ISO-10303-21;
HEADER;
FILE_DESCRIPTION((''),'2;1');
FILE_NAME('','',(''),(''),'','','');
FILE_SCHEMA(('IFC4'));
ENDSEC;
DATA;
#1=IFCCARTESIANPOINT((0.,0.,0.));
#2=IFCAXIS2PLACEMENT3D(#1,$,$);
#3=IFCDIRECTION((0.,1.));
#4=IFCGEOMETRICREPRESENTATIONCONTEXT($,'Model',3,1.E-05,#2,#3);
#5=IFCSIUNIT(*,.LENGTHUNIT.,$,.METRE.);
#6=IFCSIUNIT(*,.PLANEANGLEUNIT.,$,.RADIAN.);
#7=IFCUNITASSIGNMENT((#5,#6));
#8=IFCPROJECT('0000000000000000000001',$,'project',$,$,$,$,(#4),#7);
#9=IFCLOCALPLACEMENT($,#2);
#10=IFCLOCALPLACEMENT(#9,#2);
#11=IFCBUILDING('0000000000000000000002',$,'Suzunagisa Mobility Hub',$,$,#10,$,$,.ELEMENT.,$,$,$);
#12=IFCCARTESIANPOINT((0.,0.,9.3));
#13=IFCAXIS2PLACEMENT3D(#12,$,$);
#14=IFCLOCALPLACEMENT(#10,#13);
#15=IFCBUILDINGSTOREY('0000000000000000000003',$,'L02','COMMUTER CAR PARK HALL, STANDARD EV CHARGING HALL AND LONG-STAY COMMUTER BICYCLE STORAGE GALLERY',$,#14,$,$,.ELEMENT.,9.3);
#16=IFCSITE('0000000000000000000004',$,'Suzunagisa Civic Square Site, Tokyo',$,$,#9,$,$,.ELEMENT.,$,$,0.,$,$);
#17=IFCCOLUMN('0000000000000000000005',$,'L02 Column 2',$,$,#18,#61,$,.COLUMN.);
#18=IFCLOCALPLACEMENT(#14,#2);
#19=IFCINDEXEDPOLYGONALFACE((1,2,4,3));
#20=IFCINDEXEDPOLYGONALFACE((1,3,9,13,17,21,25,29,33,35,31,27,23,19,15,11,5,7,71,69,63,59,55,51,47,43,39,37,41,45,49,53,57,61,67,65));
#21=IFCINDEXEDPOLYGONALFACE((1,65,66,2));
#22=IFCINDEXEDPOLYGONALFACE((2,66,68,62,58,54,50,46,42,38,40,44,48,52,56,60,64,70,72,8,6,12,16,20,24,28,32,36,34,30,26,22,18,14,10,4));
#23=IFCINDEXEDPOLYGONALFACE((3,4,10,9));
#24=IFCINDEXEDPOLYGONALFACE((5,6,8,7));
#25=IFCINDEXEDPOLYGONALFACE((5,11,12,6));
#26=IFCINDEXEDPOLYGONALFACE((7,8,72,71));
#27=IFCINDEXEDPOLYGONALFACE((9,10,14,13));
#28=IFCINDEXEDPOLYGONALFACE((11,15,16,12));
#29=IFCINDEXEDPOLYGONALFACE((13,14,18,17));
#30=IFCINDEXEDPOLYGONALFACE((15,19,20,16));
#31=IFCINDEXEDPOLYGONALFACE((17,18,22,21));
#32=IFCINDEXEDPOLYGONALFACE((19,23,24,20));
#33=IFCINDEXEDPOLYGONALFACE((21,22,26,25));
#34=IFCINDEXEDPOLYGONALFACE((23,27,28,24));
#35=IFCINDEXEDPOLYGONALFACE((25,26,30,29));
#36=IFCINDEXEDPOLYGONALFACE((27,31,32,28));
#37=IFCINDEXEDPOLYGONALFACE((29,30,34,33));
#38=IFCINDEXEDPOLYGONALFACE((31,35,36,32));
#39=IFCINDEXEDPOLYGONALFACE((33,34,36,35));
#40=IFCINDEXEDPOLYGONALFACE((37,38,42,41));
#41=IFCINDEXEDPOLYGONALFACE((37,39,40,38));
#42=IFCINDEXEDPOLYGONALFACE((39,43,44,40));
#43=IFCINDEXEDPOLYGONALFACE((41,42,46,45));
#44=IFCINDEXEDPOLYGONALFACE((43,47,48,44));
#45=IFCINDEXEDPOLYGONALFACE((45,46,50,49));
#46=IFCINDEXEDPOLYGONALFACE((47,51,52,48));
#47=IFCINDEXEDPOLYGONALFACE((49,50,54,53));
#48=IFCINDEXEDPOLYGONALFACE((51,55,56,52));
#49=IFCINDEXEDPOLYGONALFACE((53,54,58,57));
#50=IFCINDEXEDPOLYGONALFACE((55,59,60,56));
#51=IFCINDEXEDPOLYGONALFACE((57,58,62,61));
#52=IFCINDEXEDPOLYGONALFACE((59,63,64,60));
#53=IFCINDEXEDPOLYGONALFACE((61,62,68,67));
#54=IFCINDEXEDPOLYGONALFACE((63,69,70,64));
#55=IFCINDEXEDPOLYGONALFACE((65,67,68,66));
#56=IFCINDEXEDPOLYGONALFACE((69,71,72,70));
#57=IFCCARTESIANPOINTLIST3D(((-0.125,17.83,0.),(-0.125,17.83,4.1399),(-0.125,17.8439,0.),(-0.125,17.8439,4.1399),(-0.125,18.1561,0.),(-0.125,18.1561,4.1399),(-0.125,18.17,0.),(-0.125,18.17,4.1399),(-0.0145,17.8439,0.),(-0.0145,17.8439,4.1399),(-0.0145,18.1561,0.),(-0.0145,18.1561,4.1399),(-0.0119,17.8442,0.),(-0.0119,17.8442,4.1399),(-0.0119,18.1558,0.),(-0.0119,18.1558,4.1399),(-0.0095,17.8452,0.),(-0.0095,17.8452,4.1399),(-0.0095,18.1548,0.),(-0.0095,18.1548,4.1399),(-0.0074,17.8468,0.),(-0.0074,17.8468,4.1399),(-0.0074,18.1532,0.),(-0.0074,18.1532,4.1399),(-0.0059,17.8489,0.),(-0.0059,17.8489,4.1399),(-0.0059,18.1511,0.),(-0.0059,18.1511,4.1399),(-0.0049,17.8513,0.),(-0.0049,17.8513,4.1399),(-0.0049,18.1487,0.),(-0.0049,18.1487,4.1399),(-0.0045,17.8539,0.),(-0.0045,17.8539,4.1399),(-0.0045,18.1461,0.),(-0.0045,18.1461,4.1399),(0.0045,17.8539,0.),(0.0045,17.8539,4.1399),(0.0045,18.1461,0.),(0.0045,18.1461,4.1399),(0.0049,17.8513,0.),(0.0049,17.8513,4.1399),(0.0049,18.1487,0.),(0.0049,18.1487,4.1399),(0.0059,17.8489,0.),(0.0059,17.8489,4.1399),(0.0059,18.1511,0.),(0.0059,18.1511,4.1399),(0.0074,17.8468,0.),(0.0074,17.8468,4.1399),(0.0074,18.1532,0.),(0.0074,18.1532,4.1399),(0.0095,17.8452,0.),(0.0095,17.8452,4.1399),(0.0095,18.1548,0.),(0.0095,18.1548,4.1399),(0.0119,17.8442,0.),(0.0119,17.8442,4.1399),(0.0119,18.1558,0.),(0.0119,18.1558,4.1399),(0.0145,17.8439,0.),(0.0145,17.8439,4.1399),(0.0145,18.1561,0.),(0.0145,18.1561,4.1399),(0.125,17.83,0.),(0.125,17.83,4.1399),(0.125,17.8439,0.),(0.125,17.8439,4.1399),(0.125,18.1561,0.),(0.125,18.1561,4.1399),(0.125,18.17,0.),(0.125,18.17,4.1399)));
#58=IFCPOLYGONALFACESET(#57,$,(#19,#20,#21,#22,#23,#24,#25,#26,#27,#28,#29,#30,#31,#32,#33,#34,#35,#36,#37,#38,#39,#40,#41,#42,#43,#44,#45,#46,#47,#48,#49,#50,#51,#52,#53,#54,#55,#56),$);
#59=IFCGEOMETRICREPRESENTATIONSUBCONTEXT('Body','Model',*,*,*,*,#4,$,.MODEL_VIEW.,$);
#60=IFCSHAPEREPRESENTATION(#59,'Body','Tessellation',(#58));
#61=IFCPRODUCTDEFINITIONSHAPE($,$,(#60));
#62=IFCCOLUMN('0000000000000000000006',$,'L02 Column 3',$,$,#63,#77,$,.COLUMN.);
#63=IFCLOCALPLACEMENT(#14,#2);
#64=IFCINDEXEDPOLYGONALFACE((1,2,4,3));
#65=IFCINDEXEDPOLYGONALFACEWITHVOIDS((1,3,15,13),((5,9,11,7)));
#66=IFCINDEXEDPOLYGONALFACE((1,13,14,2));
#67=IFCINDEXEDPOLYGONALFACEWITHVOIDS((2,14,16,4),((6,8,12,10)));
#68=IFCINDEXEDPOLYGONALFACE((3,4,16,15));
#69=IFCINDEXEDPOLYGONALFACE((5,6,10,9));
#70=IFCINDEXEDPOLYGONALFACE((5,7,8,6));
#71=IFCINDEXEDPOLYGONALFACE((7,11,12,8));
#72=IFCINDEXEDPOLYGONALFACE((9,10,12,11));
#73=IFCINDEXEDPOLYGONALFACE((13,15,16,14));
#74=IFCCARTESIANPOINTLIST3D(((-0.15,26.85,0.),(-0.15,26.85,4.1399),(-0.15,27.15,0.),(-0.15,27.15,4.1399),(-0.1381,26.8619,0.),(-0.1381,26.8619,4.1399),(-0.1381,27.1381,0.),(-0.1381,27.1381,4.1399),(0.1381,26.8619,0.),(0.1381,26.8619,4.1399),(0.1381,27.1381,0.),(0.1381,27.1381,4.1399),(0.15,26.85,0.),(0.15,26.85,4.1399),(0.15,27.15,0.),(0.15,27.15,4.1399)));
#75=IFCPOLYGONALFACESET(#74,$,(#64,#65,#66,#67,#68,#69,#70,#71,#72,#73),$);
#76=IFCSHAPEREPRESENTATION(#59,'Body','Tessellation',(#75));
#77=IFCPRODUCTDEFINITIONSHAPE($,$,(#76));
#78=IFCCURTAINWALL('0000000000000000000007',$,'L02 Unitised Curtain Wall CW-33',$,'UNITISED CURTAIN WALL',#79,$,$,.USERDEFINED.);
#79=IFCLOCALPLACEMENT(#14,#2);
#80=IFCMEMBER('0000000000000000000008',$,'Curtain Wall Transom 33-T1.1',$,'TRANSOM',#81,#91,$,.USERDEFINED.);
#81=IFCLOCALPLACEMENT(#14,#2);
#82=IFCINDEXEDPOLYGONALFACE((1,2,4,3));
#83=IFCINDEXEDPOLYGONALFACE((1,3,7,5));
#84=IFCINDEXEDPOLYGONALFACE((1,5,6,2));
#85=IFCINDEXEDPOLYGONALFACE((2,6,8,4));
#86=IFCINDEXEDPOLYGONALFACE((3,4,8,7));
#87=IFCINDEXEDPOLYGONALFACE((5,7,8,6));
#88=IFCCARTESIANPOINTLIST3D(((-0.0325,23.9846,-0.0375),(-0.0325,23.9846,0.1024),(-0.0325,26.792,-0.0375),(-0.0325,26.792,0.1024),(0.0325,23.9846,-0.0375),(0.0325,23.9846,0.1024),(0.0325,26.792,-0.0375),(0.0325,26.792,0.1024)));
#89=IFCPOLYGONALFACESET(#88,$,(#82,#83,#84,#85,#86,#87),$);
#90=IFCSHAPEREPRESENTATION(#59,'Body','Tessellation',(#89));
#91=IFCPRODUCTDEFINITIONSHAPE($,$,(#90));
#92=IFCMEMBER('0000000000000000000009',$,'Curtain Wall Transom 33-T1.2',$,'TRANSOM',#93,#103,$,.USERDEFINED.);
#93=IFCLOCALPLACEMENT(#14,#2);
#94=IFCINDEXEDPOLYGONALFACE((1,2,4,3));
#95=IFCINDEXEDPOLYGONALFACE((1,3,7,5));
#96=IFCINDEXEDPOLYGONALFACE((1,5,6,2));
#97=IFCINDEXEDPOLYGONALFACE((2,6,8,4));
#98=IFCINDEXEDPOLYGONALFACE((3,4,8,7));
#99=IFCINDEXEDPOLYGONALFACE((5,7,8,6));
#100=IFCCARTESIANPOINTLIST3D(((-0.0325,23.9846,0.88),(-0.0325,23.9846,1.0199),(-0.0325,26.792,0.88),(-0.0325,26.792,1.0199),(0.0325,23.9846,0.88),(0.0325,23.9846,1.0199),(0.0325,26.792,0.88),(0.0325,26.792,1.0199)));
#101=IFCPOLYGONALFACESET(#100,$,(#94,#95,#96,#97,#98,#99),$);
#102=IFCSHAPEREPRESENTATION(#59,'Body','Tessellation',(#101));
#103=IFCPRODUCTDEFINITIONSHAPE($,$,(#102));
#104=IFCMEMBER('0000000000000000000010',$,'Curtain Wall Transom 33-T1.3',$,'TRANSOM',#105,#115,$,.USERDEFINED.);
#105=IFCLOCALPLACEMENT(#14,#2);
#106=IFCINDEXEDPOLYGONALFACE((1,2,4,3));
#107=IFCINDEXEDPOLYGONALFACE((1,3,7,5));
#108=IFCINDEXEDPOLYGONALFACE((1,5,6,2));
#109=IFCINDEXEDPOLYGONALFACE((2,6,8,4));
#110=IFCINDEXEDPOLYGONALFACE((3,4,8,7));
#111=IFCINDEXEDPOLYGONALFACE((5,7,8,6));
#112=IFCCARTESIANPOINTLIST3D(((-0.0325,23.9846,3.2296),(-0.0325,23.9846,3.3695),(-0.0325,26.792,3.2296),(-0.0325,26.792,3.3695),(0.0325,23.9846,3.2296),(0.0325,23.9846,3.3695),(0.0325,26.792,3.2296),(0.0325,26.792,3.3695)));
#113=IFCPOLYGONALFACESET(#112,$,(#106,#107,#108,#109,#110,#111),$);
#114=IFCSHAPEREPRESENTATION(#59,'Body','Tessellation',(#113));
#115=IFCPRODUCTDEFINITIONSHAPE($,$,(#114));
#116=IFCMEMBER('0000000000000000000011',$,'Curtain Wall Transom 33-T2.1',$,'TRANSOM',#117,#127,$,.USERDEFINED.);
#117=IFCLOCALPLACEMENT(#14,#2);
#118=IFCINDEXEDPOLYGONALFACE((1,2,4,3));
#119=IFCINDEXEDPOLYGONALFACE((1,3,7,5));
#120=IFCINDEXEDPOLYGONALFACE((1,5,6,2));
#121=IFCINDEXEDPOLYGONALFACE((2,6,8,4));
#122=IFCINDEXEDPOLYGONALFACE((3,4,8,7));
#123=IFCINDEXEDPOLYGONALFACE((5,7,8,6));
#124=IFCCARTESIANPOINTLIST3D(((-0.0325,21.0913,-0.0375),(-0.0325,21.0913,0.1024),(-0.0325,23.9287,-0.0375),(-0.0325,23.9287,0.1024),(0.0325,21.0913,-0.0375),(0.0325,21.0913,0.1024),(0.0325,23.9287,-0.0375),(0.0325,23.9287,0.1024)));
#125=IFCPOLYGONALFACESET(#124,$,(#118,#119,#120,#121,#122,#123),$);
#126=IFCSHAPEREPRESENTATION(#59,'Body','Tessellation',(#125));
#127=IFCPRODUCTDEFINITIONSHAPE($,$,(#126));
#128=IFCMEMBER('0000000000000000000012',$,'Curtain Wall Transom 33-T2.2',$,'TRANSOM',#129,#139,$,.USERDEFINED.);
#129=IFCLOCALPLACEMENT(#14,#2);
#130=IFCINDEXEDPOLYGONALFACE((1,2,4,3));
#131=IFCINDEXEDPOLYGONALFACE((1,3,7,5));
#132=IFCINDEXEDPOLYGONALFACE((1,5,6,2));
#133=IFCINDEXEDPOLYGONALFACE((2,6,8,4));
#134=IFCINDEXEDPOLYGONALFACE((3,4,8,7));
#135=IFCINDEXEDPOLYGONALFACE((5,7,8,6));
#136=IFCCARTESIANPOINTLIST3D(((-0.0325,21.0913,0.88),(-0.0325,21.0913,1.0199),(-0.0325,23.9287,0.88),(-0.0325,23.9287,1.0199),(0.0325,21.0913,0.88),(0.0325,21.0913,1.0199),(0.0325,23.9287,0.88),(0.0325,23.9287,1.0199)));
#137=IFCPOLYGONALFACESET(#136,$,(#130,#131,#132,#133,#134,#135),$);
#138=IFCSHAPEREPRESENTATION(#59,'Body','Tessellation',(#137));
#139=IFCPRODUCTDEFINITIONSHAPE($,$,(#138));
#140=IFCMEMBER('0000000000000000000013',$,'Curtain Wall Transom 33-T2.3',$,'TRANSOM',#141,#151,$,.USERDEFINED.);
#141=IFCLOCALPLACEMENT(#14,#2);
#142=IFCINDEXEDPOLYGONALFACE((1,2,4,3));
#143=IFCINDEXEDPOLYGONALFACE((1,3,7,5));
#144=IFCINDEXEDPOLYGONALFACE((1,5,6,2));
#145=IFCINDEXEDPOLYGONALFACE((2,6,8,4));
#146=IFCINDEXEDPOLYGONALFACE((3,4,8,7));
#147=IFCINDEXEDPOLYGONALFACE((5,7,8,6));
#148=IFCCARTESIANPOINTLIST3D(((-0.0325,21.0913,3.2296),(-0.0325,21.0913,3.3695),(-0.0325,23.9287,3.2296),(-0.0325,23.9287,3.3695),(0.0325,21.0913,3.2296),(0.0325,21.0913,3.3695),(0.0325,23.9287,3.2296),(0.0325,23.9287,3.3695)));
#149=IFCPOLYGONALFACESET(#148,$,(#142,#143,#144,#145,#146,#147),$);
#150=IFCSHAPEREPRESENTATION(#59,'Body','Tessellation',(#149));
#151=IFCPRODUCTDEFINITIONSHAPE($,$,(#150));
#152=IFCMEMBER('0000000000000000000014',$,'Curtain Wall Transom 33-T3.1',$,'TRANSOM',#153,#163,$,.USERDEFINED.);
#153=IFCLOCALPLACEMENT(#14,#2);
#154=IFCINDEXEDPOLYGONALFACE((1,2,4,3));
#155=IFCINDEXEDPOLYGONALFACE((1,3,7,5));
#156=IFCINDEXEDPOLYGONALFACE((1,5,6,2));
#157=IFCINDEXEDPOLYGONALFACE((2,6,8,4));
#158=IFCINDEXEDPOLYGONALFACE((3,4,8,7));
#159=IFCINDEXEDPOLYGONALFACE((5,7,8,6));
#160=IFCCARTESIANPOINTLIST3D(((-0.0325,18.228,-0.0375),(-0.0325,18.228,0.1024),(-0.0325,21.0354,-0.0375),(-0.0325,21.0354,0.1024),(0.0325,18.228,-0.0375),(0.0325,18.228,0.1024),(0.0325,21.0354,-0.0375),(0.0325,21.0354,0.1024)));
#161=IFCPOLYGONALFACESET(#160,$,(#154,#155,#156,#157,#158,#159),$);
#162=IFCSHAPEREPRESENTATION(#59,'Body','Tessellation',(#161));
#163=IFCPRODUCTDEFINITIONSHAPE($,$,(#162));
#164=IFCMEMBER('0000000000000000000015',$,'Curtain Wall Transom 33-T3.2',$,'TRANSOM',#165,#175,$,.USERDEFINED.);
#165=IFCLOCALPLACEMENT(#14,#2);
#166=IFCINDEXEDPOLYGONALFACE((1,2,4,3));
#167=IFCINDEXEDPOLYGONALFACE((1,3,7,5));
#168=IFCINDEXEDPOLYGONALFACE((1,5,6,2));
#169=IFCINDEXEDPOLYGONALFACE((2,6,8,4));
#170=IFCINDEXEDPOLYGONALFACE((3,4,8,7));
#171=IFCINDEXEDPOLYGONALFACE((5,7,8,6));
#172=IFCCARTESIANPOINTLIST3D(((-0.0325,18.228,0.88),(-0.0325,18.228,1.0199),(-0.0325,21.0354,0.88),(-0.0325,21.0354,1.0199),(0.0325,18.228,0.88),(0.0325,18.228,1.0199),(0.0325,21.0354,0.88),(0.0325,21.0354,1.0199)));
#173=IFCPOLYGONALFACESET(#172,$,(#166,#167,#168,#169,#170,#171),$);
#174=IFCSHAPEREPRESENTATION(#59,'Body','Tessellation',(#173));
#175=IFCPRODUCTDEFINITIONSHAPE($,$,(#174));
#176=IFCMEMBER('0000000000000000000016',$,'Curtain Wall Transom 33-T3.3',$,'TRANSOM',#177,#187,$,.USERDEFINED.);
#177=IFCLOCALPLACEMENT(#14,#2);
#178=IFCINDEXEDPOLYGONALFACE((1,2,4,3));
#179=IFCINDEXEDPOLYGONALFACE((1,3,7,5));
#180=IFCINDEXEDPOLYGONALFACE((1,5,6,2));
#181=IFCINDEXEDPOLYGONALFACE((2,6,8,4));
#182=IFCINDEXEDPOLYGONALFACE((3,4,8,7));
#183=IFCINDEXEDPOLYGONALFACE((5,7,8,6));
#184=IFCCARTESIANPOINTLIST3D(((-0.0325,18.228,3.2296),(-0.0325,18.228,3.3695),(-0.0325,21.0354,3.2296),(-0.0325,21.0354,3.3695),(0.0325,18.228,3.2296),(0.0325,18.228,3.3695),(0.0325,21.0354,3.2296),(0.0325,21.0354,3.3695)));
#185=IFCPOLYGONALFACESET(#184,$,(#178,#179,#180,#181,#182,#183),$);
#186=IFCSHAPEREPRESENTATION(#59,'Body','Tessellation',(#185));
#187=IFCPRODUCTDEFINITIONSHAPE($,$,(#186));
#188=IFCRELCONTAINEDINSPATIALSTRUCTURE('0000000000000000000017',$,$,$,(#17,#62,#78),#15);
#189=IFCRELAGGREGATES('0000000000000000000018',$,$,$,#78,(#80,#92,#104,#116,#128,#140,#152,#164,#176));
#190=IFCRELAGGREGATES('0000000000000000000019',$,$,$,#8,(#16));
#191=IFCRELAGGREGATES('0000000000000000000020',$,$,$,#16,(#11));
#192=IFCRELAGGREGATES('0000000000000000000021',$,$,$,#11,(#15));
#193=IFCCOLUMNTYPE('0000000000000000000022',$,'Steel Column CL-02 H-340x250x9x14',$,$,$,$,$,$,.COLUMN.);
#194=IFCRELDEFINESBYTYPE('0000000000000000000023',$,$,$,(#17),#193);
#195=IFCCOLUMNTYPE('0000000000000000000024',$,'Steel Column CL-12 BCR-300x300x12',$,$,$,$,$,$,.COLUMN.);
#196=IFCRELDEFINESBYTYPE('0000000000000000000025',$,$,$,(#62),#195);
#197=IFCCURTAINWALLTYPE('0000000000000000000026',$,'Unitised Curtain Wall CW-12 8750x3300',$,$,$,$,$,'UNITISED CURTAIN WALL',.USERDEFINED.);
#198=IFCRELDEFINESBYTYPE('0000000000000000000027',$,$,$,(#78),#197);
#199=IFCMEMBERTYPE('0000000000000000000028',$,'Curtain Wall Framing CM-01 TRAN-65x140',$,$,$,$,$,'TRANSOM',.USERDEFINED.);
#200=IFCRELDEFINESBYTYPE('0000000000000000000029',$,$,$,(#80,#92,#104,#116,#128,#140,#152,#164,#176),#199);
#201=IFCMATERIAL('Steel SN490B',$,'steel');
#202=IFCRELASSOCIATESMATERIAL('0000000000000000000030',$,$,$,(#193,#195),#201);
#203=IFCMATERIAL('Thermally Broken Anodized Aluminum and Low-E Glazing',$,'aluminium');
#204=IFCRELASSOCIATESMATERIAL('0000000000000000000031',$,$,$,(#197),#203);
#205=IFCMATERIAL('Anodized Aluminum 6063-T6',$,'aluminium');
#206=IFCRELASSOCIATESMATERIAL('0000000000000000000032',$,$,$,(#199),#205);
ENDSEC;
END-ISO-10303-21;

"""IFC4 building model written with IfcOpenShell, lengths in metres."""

from ifc_helpers import new_model, si_unit, direction, frame, origin, origin_2d, place, context, subcontext, project, spatial, rectangle, hollow_rectangle, i_section, extrude, material, material_profile, profile_set, type_object, element, aggregate, save


model = new_model("IFC4")

# Units and contexts
model_context = context("Model", 3, precision=1e-05, world=origin(), true_north=direction((0.0, 1.0)))
body_context = subcontext(model_context, "Body", "Model", "MODEL_VIEW")
ifc_project = project(units=[si_unit("LENGTHUNIT", "METRE"), si_unit("PLANEANGLEUNIT", "RADIAN")], contexts=[model_context])

# Site, building, storey
site_placement = place(None, origin())
site = spatial("IfcSite", under=ifc_project, at=site_placement, Name="Suzunagisa Civic Square Site, Tokyo", CompositionType="ELEMENT", RefElevation=0.0)
building_placement = place(site_placement, origin())
building = spatial("IfcBuilding", under=site, at=building_placement, Name="Suzunagisa Mobility Hub", CompositionType="ELEMENT")
storey_placement = place(building_placement, frame((0.0, 0.0, 9.3)))
storey = spatial("IfcBuildingStorey", under=building, at=storey_placement, Name="L02", Description="COMMUTER CAR PARK HALL, STANDARD EV CHARGING HALL AND LONG-STAY COMMUTER BICYCLE STORAGE GALLERY", CompositionType="ELEMENT", Elevation=9.3)

# Columns
ifc_material_1 = material(Name="Steel SN490B", Category="steel")
ifc_material_profile_1 = material_profile(ifc_material_1, i_section(OverallWidth=0.25, OverallDepth=0.3401, WebThickness=0.009, FlangeThickness=0.0139, FilletRadius=0.01, at=origin_2d()), Name="H-340x250x9x14")
ifc_profile_set_1 = profile_set([ifc_material_profile_1], Name="Steel SN490B")
column_type_1 = type_object("IfcColumnType", Name="Steel Column CL-02 H-340x250x9x14", PredefinedType="COLUMN", material=ifc_profile_set_1)
column_1_placement = place(storey_placement, frame((0.0, 18.0, 0.0), z_axis=(0.0, 0.0, 1.0), x_axis=(1.0, 0.0, 0.0)))
element("IfcColumn", 1, at=column_1_placement, inside=storey, type_object=column_type_1, Name="L02 Column 2", PredefinedType="COLUMN", context=body_context, shape_type="SweptSolid", body=[
    extrude(i_section(OverallWidth=0.25, OverallDepth=0.3401, WebThickness=0.009, FlangeThickness=0.0139, FilletRadius=0.01, at=origin_2d()), origin(), (0.0, 0.0, 1.0), 4.1399),
])
ifc_material_profile_2 = material_profile(ifc_material_1, hollow_rectangle(XDim=0.3, YDim=0.3, WallThickness=0.012, at=origin_2d()), Name="BCR-300x300x12")
ifc_profile_set_2 = profile_set([ifc_material_profile_2], Name="Steel SN490B")
column_type_2 = type_object("IfcColumnType", Name="Steel Column CL-12 BCR-300x300x12", PredefinedType="COLUMN", material=ifc_profile_set_2)
column_2_placement = place(storey_placement, frame((0.0, 27.0, 0.0), z_axis=(0.0, 0.0, 1.0), x_axis=(1.0, 0.0, 0.0)))
element("IfcColumn", 2, at=column_2_placement, inside=storey, type_object=column_type_2, Name="L02 Column 3", PredefinedType="COLUMN", context=body_context, shape_type="SweptSolid", body=[
    extrude(hollow_rectangle(XDim=0.3, YDim=0.3, WallThickness=0.012, at=origin_2d()), origin(), (0.0, 0.0, 1.0), 4.1399),
])

# Curtain wall, members
ifc_material_2 = material(Name="Thermally Broken Anodized Aluminum and Low-E Glazing", Category="aluminium")
curtain_wall_type_1 = type_object("IfcCurtainWallType", Name="Unitised Curtain Wall CW-12 8750x3300", ElementType="UNITISED CURTAIN WALL", PredefinedType="USERDEFINED", material=ifc_material_2)
curtain_wall_1_placement = place(storey_placement, origin())
curtain_wall_1 = element("IfcCurtainWall", 3, at=curtain_wall_1_placement, inside=storey, type_object=curtain_wall_type_1, Name="L02 Unitised Curtain Wall CW-33", ObjectType="UNITISED CURTAIN WALL", PredefinedType="USERDEFINED")
ifc_material_3 = material(Name="Anodized Aluminum 6063-T6", Category="aluminium")
ifc_material_profile_3 = material_profile(ifc_material_3, rectangle(XDim=0.0649, YDim=0.1399, at=origin_2d()), Name="TRAN-65x140")
ifc_profile_set_3 = profile_set([ifc_material_profile_3], Name="Anodized Aluminum 6063-T6")
member_type_1 = type_object("IfcMemberType", Name="Curtain Wall Framing CM-01 TRAN-65x140", ElementType="TRANSOM", PredefinedType="USERDEFINED", material=ifc_profile_set_3)
member_1_placement = place(storey_placement, frame((0.0, 26.792, 0.0325), z_axis=(0.0, -1.0, 0.0), x_axis=(1.0, 0.0, 0.0)))
member_1 = element("IfcMember", 4, at=member_1_placement, type_object=member_type_1, Name="Curtain Wall Transom 33-T1.1", ObjectType="TRANSOM", PredefinedType="USERDEFINED", context=body_context, shape_type="SweptSolid", body=[
    extrude(rectangle(XDim=0.0649, YDim=0.1399, at=origin_2d()), origin(), (0.0, 0.0, 1.0), 2.8074),
])
member_2_placement = place(storey_placement, frame((0.0, 26.792, 0.95), z_axis=(0.0, -1.0, 0.0), x_axis=(1.0, 0.0, 0.0)))
member_2 = element("IfcMember", 5, at=member_2_placement, type_object=member_type_1, Name="Curtain Wall Transom 33-T1.2", ObjectType="TRANSOM", PredefinedType="USERDEFINED", context=body_context, shape_type="SweptSolid", body=[
    extrude(rectangle(XDim=0.0649, YDim=0.1399, at=origin_2d()), origin(), (0.0, 0.0, 1.0), 2.8074),
])
member_3_placement = place(storey_placement, frame((0.0, 26.792, 3.2996), z_axis=(0.0, -1.0, 0.0), x_axis=(1.0, 0.0, 0.0)))
member_3 = element("IfcMember", 6, at=member_3_placement, type_object=member_type_1, Name="Curtain Wall Transom 33-T1.3", ObjectType="TRANSOM", PredefinedType="USERDEFINED", context=body_context, shape_type="SweptSolid", body=[
    extrude(rectangle(XDim=0.0649, YDim=0.1399, at=origin_2d()), origin(), (0.0, 0.0, 1.0), 2.8074),
])
member_4_placement = place(storey_placement, frame((0.0, 23.9287, 0.0325), z_axis=(0.0, -1.0, 0.0), x_axis=(1.0, 0.0, 0.0)))
member_4 = element("IfcMember", 7, at=member_4_placement, type_object=member_type_1, Name="Curtain Wall Transom 33-T2.1", ObjectType="TRANSOM", PredefinedType="USERDEFINED", context=body_context, shape_type="SweptSolid", body=[
    extrude(rectangle(XDim=0.0649, YDim=0.1399, at=origin_2d()), origin(), (0.0, 0.0, 1.0), 2.8374),
])
member_5_placement = place(storey_placement, frame((0.0, 23.9287, 0.95), z_axis=(0.0, -1.0, 0.0), x_axis=(1.0, 0.0, 0.0)))
member_5 = element("IfcMember", 8, at=member_5_placement, type_object=member_type_1, Name="Curtain Wall Transom 33-T2.2", ObjectType="TRANSOM", PredefinedType="USERDEFINED", context=body_context, shape_type="SweptSolid", body=[
    extrude(rectangle(XDim=0.0649, YDim=0.1399, at=origin_2d()), origin(), (0.0, 0.0, 1.0), 2.8374),
])
member_6_placement = place(storey_placement, frame((0.0, 23.9287, 3.2996), z_axis=(0.0, -1.0, 0.0), x_axis=(1.0, 0.0, 0.0)))
member_6 = element("IfcMember", 9, at=member_6_placement, type_object=member_type_1, Name="Curtain Wall Transom 33-T2.3", ObjectType="TRANSOM", PredefinedType="USERDEFINED", context=body_context, shape_type="SweptSolid", body=[
    extrude(rectangle(XDim=0.0649, YDim=0.1399, at=origin_2d()), origin(), (0.0, 0.0, 1.0), 2.8374),
])
member_7_placement = place(storey_placement, frame((0.0, 21.0354, 0.0325), z_axis=(0.0, -1.0, 0.0), x_axis=(1.0, 0.0, 0.0)))
member_7 = element("IfcMember", 10, at=member_7_placement, type_object=member_type_1, Name="Curtain Wall Transom 33-T3.1", ObjectType="TRANSOM", PredefinedType="USERDEFINED", context=body_context, shape_type="SweptSolid", body=[
    extrude(rectangle(XDim=0.0649, YDim=0.1399, at=origin_2d()), origin(), (0.0, 0.0, 1.0), 2.8074),
])
member_8_placement = place(storey_placement, frame((0.0, 21.0354, 0.95), z_axis=(0.0, -1.0, 0.0), x_axis=(1.0, 0.0, 0.0)))
member_8 = element("IfcMember", 11, at=member_8_placement, type_object=member_type_1, Name="Curtain Wall Transom 33-T3.2", ObjectType="TRANSOM", PredefinedType="USERDEFINED", context=body_context, shape_type="SweptSolid", body=[
    extrude(rectangle(XDim=0.0649, YDim=0.1399, at=origin_2d()), origin(), (0.0, 0.0, 1.0), 2.8074),
])
member_9_placement = place(storey_placement, frame((0.0, 21.0354, 3.2996), z_axis=(0.0, -1.0, 0.0), x_axis=(1.0, 0.0, 0.0)))
member_9 = element("IfcMember", 12, at=member_9_placement, type_object=member_type_1, Name="Curtain Wall Transom 33-T3.3", ObjectType="TRANSOM", PredefinedType="USERDEFINED", context=body_context, shape_type="SweptSolid", body=[
    extrude(rectangle(XDim=0.0649, YDim=0.1399, at=origin_2d()), origin(), (0.0, 0.0, 1.0), 2.8074),
])

aggregate(curtain_wall_1, [member_1, member_2, member_3, member_4, member_5, member_6, member_7, member_8, member_9])

save(model, "model.ifc")
